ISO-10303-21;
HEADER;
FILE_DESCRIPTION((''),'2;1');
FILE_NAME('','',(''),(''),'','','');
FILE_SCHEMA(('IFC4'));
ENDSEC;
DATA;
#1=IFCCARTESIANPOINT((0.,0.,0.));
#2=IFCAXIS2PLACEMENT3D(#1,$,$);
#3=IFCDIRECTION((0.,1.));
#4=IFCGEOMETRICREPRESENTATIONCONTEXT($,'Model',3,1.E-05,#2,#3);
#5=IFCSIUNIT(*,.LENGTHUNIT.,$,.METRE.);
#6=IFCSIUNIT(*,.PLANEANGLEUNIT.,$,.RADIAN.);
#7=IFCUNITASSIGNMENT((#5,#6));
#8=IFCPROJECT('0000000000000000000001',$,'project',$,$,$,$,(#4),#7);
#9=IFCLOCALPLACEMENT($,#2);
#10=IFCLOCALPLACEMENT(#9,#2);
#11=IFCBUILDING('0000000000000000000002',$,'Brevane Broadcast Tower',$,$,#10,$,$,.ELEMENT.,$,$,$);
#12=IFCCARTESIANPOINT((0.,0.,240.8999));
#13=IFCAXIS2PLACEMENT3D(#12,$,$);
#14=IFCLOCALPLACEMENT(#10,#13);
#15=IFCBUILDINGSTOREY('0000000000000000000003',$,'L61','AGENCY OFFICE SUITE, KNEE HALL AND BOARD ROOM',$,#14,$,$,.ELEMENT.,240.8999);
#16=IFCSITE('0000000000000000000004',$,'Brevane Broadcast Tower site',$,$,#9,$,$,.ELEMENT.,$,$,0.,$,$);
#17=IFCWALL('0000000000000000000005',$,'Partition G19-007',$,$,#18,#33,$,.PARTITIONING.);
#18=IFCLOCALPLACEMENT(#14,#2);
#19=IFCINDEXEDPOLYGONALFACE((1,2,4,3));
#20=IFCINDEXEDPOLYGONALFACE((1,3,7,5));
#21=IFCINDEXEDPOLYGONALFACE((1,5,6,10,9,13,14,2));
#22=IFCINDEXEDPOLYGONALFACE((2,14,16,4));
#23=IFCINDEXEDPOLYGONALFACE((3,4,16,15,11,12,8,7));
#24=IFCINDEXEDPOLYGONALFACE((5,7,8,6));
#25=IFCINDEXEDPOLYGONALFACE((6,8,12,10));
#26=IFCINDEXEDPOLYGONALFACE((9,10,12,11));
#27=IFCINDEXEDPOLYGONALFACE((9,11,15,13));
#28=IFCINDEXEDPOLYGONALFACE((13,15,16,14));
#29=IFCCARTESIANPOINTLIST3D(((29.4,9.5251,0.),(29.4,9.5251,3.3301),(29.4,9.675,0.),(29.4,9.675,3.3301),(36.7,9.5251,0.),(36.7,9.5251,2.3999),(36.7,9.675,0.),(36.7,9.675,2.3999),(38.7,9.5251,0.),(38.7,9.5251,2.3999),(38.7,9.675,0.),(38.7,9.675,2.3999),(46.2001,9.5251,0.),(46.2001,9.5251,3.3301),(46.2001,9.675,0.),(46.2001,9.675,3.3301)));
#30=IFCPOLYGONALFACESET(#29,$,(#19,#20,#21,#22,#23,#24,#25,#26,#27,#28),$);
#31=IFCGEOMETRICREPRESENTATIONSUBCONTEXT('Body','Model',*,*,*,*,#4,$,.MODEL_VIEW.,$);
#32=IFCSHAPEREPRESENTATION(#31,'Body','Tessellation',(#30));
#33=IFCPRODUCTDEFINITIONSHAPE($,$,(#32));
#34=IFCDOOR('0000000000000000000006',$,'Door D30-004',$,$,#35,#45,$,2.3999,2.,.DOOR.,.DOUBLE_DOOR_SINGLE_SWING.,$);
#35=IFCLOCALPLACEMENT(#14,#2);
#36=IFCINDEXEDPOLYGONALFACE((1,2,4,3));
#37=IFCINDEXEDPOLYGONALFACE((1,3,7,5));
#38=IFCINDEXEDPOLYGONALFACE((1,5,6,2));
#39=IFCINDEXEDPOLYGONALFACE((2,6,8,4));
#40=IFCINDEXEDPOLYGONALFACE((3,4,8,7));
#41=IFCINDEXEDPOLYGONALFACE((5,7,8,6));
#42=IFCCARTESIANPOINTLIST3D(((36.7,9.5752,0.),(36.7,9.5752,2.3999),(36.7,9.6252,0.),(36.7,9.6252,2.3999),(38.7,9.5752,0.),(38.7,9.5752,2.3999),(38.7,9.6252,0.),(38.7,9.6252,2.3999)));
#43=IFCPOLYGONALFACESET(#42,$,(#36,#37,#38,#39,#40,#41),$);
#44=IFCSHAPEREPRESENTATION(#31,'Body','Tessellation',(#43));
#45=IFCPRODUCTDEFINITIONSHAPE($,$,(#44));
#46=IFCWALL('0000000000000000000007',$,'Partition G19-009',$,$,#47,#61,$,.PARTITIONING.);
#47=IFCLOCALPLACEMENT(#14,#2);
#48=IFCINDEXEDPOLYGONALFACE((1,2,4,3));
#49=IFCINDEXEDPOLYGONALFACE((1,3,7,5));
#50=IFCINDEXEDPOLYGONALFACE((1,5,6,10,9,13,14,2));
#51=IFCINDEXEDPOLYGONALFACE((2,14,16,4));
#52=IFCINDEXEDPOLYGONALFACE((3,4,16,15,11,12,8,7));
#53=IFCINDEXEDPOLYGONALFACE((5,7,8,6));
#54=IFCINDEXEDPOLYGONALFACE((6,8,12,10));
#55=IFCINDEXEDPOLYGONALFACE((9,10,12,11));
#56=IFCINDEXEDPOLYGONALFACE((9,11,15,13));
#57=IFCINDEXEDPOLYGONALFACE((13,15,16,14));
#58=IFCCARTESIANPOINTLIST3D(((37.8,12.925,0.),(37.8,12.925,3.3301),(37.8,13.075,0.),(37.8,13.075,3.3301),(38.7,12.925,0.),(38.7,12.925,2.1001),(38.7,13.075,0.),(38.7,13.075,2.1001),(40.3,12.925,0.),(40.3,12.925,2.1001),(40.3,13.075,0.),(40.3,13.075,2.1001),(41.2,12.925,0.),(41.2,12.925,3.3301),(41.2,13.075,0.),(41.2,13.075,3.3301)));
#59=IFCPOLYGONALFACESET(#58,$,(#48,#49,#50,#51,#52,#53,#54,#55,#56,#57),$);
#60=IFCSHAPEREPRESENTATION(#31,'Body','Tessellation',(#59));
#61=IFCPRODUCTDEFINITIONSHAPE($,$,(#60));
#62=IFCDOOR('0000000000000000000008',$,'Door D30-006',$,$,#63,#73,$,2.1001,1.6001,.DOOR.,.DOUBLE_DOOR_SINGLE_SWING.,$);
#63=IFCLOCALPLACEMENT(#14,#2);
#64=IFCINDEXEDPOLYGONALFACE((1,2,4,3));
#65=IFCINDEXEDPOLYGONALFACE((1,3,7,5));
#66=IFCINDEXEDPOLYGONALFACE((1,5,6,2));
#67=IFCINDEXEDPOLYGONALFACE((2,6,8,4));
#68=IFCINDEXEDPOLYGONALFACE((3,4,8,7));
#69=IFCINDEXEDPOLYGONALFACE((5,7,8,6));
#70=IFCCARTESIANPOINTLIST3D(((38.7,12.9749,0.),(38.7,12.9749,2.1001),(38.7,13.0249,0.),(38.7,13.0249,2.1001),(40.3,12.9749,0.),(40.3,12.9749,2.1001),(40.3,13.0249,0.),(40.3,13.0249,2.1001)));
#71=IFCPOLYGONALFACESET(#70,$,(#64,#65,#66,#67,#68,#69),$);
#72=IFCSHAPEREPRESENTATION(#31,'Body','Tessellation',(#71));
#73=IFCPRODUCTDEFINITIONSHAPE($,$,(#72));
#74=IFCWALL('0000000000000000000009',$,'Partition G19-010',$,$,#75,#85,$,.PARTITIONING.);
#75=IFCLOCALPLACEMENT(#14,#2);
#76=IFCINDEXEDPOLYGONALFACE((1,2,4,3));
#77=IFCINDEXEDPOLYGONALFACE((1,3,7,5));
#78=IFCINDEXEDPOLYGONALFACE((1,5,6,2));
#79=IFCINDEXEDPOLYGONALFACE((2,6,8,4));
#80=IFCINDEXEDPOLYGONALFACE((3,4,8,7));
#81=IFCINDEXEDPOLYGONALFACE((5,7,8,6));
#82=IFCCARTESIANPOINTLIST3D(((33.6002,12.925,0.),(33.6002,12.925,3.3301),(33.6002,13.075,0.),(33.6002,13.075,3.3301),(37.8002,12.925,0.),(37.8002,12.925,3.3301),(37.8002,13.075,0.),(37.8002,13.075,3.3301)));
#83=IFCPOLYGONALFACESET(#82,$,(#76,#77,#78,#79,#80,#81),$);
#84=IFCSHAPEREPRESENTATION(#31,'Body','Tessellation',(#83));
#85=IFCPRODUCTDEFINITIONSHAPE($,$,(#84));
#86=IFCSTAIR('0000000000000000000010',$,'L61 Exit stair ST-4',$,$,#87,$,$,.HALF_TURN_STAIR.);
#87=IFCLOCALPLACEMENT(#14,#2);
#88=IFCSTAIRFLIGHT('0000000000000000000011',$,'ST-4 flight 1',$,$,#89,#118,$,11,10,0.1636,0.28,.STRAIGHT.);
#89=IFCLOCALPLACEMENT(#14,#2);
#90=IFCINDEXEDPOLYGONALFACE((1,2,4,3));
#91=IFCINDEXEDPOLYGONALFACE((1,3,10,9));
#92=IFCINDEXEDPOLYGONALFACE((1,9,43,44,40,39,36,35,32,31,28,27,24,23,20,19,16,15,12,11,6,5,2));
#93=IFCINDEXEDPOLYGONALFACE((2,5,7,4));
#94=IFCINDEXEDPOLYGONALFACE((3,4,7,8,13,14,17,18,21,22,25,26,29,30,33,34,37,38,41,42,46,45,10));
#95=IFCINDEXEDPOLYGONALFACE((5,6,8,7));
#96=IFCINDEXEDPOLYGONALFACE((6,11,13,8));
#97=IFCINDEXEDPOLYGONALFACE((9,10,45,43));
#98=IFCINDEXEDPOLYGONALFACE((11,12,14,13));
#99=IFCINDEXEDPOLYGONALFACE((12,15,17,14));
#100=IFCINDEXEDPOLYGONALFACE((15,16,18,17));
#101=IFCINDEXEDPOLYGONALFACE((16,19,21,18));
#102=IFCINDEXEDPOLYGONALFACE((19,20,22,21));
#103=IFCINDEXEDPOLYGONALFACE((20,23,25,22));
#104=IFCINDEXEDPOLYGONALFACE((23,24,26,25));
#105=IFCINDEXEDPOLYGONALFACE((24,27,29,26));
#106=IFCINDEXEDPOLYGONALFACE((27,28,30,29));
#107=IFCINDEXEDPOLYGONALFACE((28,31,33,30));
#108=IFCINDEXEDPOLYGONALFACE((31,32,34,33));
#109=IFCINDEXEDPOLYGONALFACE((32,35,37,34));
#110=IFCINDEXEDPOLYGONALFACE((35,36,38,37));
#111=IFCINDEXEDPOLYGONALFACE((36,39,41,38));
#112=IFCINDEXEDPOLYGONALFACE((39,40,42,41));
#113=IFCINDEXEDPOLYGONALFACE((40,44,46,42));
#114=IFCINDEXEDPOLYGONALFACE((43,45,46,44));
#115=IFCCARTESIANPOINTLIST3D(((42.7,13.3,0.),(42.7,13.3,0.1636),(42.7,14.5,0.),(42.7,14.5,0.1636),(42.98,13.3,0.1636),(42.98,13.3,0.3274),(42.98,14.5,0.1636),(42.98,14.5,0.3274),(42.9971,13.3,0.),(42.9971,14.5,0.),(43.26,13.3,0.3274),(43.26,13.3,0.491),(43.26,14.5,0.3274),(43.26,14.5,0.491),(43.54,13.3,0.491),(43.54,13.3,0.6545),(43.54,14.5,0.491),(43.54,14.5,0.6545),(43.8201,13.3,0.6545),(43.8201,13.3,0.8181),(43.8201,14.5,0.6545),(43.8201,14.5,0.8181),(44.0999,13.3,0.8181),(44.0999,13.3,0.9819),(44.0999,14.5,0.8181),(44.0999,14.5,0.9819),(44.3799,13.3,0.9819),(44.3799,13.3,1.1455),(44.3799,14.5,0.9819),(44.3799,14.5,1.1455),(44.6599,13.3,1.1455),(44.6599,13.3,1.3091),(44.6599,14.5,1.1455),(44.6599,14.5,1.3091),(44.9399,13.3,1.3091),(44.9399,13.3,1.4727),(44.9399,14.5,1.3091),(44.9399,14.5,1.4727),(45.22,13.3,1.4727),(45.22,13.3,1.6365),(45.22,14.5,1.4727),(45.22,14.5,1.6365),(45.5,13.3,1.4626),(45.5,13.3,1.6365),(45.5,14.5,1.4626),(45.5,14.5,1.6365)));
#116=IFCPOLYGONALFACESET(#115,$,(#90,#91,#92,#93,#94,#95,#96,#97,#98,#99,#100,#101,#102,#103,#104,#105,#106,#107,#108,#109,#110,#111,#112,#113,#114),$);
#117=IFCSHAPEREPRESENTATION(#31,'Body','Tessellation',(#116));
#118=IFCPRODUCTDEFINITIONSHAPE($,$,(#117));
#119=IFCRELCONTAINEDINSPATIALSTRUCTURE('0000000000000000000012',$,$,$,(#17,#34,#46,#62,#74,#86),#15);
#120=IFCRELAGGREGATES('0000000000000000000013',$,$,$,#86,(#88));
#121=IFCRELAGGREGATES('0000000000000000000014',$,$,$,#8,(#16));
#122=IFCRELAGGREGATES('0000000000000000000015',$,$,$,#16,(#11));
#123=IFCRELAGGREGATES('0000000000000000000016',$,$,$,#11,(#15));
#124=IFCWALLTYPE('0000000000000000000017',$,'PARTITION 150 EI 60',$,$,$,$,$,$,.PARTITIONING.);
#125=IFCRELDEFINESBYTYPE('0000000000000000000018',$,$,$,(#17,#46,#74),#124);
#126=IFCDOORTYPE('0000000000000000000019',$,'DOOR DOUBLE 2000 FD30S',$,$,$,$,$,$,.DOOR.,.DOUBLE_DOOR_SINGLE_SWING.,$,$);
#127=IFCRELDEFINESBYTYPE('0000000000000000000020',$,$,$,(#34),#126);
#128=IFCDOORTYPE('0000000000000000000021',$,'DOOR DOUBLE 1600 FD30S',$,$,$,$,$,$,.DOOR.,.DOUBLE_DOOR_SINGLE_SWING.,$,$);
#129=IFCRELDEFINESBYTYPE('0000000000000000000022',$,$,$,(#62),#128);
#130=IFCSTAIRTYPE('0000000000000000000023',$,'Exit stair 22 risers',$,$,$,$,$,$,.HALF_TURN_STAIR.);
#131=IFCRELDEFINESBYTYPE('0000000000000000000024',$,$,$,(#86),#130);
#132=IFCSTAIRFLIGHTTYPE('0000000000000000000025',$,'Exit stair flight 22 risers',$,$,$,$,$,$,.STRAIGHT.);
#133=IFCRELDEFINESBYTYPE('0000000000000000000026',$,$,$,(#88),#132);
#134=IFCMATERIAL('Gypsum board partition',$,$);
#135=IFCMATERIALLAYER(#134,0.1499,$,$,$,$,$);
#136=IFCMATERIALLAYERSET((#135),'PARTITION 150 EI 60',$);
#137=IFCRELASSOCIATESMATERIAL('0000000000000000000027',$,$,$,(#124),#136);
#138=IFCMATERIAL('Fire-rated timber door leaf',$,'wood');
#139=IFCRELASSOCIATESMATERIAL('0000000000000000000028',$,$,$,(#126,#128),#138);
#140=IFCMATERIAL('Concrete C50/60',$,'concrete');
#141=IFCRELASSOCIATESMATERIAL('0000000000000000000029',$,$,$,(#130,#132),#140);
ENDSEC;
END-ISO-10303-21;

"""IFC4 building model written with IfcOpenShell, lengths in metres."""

from ifc_helpers import new_model, si_unit, direction, frame, frame_2d, origin, place, context, subcontext, project, spatial, polyline, rectangle, outline, extrude, material, layer, layer_set, type_object, element, fill, aggregate, save


model = new_model("IFC4")

# Units and contexts
model_context = context("Model", 3, precision=1e-05, world=origin(), true_north=direction((0.0, 1.0)))
body_context = subcontext(model_context, "Body", "Model", "MODEL_VIEW")
ifc_project = project(units=[si_unit("LENGTHUNIT", "METRE"), si_unit("PLANEANGLEUNIT", "RADIAN")], contexts=[model_context])

# Site, building, storey
site_placement = place(None, origin())
site = spatial("IfcSite", under=ifc_project, at=site_placement, Name="Brevane Broadcast Tower site", CompositionType="ELEMENT", RefElevation=0.0)
building_placement = place(site_placement, origin())
building = spatial("IfcBuilding", under=site, at=building_placement, Name="Brevane Broadcast Tower", CompositionType="ELEMENT")
storey_placement = place(building_placement, frame((0.0, 0.0, 240.8999)))
storey = spatial("IfcBuildingStorey", under=building, at=storey_placement, Name="L61", Description="AGENCY OFFICE SUITE, KNEE HALL AND BOARD ROOM", CompositionType="ELEMENT", Elevation=240.8999)

# Shared definitions
ifc_material_1 = material(Name="Concrete C50/60", Category="concrete")

# Walls, openings, doors
ifc_material_2 = material(Name="Gypsum board partition")
ifc_layer_1 = layer(ifc_material_2, 0.1499)
ifc_layer_set_1 = layer_set([ifc_layer_1], Name="PARTITION 150 EI 60")
wall_type_1 = type_object("IfcWallType", Name="PARTITION 150 EI 60", PredefinedType="PARTITIONING", material=ifc_layer_set_1)
ifc_material_3 = material(Name="Fire-rated timber door leaf", Category="wood")
door_type_1 = type_object("IfcDoorType", Name="DOOR DOUBLE 2000 FD30S", OperationType="DOUBLE_DOOR_SINGLE_SWING", PredefinedType="DOOR", material=ifc_material_3)
wall_1_placement = place(storey_placement, frame((46.2, 9.6001, 0.0), z_axis=(0.0, 0.0, 1.0), x_axis=(-1.0, 0.0, 0.0)))
wall_1 = element("IfcWall", 1, at=wall_1_placement, inside=storey, type_object=wall_type_1, Name="Partition G19-007", PredefinedType="PARTITIONING", context=body_context, shape_type="SweptSolid", body=[
    extrude(rectangle(XDim=16.8, YDim=0.1499, at=frame_2d((8.3999, 0.0))), origin(), (0.0, 0.0, 1.0), 3.3301),
])
opening_1_placement = place(wall_1_placement, frame((7.5, 0.0, 0.0)))
opening_1 = element("IfcOpeningElement", 2, at=opening_1_placement, cuts=wall_1, PredefinedType="OPENING", context=body_context, shape_type="SweptSolid", body=[
    extrude(rectangle(XDim=2.0, YDim=2.3999, at=frame_2d((1.0, 1.2))), frame((0.0, 0.085, 0.0), z_axis=(0.0, -1.0, 0.0), x_axis=(1.0, 0.0, 0.0)), (0.0, 0.0, 1.0), 0.1699),
])
door_1_placement = place(opening_1_placement, origin())
door_1 = element("IfcDoor", 3, at=door_1_placement, inside=storey, type_object=door_type_1, Name="Door D30-004", OperationType="DOUBLE_DOOR_SINGLE_SWING", OverallHeight=2.3999, OverallWidth=2.0, PredefinedType="DOOR", context=body_context, shape_type="SweptSolid", body=[
    extrude(rectangle(XDim=2.0, YDim=2.3999, at=frame_2d((1.0, 1.2))), frame((0.0, 0.0249, 0.0), z_axis=(0.0, -1.0, 0.0), x_axis=(1.0, 0.0, 0.0)), (0.0, 0.0, 1.0), 0.05),
])
fill(opening_1, door_1)
wall_2_placement = place(storey_placement, frame((37.8, 13.0, 0.0), z_axis=(0.0, 0.0, 1.0), x_axis=(1.0, 0.0, 0.0)))
wall_2 = element("IfcWall", 4, at=wall_2_placement, inside=storey, type_object=wall_type_1, Name="Partition G19-009", PredefinedType="PARTITIONING", context=body_context, shape_type="SweptSolid", body=[
    extrude(rectangle(XDim=3.3999, YDim=0.1499, at=frame_2d((1.7, 0.0))), origin(), (0.0, 0.0, 1.0), 3.3301),
])
opening_2_placement = place(wall_2_placement, frame((0.8999, 0.0, 0.0)))
opening_2 = element("IfcOpeningElement", 5, at=opening_2_placement, cuts=wall_2, PredefinedType="OPENING", context=body_context, shape_type="SweptSolid", body=[
    extrude(rectangle(XDim=1.6001, YDim=2.1001, at=frame_2d((0.8, 1.05))), frame((0.0, 0.085, 0.0), z_axis=(0.0, -1.0, 0.0), x_axis=(1.0, 0.0, 0.0)), (0.0, 0.0, 1.0), 0.1699),
])
door_type_2 = type_object("IfcDoorType", Name="DOOR DOUBLE 1600 FD30S", OperationType="DOUBLE_DOOR_SINGLE_SWING", PredefinedType="DOOR", material=ifc_material_3)
door_2_placement = place(opening_2_placement, origin())
door_2 = element("IfcDoor", 6, at=door_2_placement, inside=storey, type_object=door_type_2, Name="Door D30-006", OperationType="DOUBLE_DOOR_SINGLE_SWING", OverallHeight=2.1001, OverallWidth=1.6001, PredefinedType="DOOR", context=body_context, shape_type="SweptSolid", body=[
    extrude(rectangle(XDim=1.6001, YDim=2.1001, at=frame_2d((0.8, 1.05))), frame((0.0, 0.0249, 0.0), z_axis=(0.0, -1.0, 0.0), x_axis=(1.0, 0.0, 0.0)), (0.0, 0.0, 1.0), 0.05),
])
fill(opening_2, door_2)

# Wall
wall_3_placement = place(storey_placement, frame((33.6001, 13.0, 0.0), z_axis=(0.0, 0.0, 1.0), x_axis=(1.0, 0.0, 0.0)))
element("IfcWall", 7, at=wall_3_placement, inside=storey, type_object=wall_type_1, Name="Partition G19-010", PredefinedType="PARTITIONING", context=body_context, shape_type="SweptSolid", body=[
    extrude(rectangle(XDim=4.2, YDim=0.1499, at=frame_2d((2.1001, 0.0))), origin(), (0.0, 0.0, 1.0), 3.3301),
])

# Stair, stair flight
stair_type = type_object("IfcStairType", Name="Exit stair 22 risers", PredefinedType="HALF_TURN_STAIR", material=ifc_material_1)
stair_placement = place(storey_placement, origin())
stair = element("IfcStair", 8, at=stair_placement, inside=storey, type_object=stair_type, Name="L61 Exit stair ST-4", PredefinedType="HALF_TURN_STAIR")
stair_flight_type = type_object("IfcStairFlightType", Name="Exit stair flight 22 risers", PredefinedType="STRAIGHT", material=ifc_material_1)
stair_flight_placement = place(storey_placement, frame((42.7, 13.8999, 0.0), z_axis=(0.0, 0.0, 1.0), x_axis=(1.0, 0.0, 0.0)))
stair_flight = element("IfcStairFlight", 9, at=stair_flight_placement, type_object=stair_flight_type, Name="ST-4 flight 1", NumberOfRisers=11, NumberOfTreads=10, PredefinedType="STRAIGHT", RiserHeight=0.1636, TreadLength=0.28, context=body_context, shape_type="SweptSolid", body=[
    extrude(outline(polyline([(0.0, 0.0), (0.0, 0.1636), (0.28, 0.1636), (0.28, 0.3274), (0.5601, 0.3274), (0.5601, 0.491), (0.8401, 0.491), (0.8401, 0.6545), (1.1201, 0.6545), (1.1201, 0.8181), (1.3999, 0.8181), (1.3999, 0.9819), (1.6799, 0.9819), (1.6799, 1.1455), (1.96, 1.1455), (1.96, 1.3091), (2.24, 1.3091), (2.24, 1.4727), (2.52, 1.4727), (2.52, 1.6365), (2.8, 1.6365), (2.8, 1.8), (2.8, 1.4626), (0.2971, 0.0), (0.0, 0.0)])), frame((0.0, 0.6001, 0.0), z_axis=(0.0, -1.0, 0.0), x_axis=(1.0, 0.0, 0.0)), (0.0, 0.0, 1.0), 1.2),
])
aggregate(stair, [stair_flight])

save(model, "model.ifc")
